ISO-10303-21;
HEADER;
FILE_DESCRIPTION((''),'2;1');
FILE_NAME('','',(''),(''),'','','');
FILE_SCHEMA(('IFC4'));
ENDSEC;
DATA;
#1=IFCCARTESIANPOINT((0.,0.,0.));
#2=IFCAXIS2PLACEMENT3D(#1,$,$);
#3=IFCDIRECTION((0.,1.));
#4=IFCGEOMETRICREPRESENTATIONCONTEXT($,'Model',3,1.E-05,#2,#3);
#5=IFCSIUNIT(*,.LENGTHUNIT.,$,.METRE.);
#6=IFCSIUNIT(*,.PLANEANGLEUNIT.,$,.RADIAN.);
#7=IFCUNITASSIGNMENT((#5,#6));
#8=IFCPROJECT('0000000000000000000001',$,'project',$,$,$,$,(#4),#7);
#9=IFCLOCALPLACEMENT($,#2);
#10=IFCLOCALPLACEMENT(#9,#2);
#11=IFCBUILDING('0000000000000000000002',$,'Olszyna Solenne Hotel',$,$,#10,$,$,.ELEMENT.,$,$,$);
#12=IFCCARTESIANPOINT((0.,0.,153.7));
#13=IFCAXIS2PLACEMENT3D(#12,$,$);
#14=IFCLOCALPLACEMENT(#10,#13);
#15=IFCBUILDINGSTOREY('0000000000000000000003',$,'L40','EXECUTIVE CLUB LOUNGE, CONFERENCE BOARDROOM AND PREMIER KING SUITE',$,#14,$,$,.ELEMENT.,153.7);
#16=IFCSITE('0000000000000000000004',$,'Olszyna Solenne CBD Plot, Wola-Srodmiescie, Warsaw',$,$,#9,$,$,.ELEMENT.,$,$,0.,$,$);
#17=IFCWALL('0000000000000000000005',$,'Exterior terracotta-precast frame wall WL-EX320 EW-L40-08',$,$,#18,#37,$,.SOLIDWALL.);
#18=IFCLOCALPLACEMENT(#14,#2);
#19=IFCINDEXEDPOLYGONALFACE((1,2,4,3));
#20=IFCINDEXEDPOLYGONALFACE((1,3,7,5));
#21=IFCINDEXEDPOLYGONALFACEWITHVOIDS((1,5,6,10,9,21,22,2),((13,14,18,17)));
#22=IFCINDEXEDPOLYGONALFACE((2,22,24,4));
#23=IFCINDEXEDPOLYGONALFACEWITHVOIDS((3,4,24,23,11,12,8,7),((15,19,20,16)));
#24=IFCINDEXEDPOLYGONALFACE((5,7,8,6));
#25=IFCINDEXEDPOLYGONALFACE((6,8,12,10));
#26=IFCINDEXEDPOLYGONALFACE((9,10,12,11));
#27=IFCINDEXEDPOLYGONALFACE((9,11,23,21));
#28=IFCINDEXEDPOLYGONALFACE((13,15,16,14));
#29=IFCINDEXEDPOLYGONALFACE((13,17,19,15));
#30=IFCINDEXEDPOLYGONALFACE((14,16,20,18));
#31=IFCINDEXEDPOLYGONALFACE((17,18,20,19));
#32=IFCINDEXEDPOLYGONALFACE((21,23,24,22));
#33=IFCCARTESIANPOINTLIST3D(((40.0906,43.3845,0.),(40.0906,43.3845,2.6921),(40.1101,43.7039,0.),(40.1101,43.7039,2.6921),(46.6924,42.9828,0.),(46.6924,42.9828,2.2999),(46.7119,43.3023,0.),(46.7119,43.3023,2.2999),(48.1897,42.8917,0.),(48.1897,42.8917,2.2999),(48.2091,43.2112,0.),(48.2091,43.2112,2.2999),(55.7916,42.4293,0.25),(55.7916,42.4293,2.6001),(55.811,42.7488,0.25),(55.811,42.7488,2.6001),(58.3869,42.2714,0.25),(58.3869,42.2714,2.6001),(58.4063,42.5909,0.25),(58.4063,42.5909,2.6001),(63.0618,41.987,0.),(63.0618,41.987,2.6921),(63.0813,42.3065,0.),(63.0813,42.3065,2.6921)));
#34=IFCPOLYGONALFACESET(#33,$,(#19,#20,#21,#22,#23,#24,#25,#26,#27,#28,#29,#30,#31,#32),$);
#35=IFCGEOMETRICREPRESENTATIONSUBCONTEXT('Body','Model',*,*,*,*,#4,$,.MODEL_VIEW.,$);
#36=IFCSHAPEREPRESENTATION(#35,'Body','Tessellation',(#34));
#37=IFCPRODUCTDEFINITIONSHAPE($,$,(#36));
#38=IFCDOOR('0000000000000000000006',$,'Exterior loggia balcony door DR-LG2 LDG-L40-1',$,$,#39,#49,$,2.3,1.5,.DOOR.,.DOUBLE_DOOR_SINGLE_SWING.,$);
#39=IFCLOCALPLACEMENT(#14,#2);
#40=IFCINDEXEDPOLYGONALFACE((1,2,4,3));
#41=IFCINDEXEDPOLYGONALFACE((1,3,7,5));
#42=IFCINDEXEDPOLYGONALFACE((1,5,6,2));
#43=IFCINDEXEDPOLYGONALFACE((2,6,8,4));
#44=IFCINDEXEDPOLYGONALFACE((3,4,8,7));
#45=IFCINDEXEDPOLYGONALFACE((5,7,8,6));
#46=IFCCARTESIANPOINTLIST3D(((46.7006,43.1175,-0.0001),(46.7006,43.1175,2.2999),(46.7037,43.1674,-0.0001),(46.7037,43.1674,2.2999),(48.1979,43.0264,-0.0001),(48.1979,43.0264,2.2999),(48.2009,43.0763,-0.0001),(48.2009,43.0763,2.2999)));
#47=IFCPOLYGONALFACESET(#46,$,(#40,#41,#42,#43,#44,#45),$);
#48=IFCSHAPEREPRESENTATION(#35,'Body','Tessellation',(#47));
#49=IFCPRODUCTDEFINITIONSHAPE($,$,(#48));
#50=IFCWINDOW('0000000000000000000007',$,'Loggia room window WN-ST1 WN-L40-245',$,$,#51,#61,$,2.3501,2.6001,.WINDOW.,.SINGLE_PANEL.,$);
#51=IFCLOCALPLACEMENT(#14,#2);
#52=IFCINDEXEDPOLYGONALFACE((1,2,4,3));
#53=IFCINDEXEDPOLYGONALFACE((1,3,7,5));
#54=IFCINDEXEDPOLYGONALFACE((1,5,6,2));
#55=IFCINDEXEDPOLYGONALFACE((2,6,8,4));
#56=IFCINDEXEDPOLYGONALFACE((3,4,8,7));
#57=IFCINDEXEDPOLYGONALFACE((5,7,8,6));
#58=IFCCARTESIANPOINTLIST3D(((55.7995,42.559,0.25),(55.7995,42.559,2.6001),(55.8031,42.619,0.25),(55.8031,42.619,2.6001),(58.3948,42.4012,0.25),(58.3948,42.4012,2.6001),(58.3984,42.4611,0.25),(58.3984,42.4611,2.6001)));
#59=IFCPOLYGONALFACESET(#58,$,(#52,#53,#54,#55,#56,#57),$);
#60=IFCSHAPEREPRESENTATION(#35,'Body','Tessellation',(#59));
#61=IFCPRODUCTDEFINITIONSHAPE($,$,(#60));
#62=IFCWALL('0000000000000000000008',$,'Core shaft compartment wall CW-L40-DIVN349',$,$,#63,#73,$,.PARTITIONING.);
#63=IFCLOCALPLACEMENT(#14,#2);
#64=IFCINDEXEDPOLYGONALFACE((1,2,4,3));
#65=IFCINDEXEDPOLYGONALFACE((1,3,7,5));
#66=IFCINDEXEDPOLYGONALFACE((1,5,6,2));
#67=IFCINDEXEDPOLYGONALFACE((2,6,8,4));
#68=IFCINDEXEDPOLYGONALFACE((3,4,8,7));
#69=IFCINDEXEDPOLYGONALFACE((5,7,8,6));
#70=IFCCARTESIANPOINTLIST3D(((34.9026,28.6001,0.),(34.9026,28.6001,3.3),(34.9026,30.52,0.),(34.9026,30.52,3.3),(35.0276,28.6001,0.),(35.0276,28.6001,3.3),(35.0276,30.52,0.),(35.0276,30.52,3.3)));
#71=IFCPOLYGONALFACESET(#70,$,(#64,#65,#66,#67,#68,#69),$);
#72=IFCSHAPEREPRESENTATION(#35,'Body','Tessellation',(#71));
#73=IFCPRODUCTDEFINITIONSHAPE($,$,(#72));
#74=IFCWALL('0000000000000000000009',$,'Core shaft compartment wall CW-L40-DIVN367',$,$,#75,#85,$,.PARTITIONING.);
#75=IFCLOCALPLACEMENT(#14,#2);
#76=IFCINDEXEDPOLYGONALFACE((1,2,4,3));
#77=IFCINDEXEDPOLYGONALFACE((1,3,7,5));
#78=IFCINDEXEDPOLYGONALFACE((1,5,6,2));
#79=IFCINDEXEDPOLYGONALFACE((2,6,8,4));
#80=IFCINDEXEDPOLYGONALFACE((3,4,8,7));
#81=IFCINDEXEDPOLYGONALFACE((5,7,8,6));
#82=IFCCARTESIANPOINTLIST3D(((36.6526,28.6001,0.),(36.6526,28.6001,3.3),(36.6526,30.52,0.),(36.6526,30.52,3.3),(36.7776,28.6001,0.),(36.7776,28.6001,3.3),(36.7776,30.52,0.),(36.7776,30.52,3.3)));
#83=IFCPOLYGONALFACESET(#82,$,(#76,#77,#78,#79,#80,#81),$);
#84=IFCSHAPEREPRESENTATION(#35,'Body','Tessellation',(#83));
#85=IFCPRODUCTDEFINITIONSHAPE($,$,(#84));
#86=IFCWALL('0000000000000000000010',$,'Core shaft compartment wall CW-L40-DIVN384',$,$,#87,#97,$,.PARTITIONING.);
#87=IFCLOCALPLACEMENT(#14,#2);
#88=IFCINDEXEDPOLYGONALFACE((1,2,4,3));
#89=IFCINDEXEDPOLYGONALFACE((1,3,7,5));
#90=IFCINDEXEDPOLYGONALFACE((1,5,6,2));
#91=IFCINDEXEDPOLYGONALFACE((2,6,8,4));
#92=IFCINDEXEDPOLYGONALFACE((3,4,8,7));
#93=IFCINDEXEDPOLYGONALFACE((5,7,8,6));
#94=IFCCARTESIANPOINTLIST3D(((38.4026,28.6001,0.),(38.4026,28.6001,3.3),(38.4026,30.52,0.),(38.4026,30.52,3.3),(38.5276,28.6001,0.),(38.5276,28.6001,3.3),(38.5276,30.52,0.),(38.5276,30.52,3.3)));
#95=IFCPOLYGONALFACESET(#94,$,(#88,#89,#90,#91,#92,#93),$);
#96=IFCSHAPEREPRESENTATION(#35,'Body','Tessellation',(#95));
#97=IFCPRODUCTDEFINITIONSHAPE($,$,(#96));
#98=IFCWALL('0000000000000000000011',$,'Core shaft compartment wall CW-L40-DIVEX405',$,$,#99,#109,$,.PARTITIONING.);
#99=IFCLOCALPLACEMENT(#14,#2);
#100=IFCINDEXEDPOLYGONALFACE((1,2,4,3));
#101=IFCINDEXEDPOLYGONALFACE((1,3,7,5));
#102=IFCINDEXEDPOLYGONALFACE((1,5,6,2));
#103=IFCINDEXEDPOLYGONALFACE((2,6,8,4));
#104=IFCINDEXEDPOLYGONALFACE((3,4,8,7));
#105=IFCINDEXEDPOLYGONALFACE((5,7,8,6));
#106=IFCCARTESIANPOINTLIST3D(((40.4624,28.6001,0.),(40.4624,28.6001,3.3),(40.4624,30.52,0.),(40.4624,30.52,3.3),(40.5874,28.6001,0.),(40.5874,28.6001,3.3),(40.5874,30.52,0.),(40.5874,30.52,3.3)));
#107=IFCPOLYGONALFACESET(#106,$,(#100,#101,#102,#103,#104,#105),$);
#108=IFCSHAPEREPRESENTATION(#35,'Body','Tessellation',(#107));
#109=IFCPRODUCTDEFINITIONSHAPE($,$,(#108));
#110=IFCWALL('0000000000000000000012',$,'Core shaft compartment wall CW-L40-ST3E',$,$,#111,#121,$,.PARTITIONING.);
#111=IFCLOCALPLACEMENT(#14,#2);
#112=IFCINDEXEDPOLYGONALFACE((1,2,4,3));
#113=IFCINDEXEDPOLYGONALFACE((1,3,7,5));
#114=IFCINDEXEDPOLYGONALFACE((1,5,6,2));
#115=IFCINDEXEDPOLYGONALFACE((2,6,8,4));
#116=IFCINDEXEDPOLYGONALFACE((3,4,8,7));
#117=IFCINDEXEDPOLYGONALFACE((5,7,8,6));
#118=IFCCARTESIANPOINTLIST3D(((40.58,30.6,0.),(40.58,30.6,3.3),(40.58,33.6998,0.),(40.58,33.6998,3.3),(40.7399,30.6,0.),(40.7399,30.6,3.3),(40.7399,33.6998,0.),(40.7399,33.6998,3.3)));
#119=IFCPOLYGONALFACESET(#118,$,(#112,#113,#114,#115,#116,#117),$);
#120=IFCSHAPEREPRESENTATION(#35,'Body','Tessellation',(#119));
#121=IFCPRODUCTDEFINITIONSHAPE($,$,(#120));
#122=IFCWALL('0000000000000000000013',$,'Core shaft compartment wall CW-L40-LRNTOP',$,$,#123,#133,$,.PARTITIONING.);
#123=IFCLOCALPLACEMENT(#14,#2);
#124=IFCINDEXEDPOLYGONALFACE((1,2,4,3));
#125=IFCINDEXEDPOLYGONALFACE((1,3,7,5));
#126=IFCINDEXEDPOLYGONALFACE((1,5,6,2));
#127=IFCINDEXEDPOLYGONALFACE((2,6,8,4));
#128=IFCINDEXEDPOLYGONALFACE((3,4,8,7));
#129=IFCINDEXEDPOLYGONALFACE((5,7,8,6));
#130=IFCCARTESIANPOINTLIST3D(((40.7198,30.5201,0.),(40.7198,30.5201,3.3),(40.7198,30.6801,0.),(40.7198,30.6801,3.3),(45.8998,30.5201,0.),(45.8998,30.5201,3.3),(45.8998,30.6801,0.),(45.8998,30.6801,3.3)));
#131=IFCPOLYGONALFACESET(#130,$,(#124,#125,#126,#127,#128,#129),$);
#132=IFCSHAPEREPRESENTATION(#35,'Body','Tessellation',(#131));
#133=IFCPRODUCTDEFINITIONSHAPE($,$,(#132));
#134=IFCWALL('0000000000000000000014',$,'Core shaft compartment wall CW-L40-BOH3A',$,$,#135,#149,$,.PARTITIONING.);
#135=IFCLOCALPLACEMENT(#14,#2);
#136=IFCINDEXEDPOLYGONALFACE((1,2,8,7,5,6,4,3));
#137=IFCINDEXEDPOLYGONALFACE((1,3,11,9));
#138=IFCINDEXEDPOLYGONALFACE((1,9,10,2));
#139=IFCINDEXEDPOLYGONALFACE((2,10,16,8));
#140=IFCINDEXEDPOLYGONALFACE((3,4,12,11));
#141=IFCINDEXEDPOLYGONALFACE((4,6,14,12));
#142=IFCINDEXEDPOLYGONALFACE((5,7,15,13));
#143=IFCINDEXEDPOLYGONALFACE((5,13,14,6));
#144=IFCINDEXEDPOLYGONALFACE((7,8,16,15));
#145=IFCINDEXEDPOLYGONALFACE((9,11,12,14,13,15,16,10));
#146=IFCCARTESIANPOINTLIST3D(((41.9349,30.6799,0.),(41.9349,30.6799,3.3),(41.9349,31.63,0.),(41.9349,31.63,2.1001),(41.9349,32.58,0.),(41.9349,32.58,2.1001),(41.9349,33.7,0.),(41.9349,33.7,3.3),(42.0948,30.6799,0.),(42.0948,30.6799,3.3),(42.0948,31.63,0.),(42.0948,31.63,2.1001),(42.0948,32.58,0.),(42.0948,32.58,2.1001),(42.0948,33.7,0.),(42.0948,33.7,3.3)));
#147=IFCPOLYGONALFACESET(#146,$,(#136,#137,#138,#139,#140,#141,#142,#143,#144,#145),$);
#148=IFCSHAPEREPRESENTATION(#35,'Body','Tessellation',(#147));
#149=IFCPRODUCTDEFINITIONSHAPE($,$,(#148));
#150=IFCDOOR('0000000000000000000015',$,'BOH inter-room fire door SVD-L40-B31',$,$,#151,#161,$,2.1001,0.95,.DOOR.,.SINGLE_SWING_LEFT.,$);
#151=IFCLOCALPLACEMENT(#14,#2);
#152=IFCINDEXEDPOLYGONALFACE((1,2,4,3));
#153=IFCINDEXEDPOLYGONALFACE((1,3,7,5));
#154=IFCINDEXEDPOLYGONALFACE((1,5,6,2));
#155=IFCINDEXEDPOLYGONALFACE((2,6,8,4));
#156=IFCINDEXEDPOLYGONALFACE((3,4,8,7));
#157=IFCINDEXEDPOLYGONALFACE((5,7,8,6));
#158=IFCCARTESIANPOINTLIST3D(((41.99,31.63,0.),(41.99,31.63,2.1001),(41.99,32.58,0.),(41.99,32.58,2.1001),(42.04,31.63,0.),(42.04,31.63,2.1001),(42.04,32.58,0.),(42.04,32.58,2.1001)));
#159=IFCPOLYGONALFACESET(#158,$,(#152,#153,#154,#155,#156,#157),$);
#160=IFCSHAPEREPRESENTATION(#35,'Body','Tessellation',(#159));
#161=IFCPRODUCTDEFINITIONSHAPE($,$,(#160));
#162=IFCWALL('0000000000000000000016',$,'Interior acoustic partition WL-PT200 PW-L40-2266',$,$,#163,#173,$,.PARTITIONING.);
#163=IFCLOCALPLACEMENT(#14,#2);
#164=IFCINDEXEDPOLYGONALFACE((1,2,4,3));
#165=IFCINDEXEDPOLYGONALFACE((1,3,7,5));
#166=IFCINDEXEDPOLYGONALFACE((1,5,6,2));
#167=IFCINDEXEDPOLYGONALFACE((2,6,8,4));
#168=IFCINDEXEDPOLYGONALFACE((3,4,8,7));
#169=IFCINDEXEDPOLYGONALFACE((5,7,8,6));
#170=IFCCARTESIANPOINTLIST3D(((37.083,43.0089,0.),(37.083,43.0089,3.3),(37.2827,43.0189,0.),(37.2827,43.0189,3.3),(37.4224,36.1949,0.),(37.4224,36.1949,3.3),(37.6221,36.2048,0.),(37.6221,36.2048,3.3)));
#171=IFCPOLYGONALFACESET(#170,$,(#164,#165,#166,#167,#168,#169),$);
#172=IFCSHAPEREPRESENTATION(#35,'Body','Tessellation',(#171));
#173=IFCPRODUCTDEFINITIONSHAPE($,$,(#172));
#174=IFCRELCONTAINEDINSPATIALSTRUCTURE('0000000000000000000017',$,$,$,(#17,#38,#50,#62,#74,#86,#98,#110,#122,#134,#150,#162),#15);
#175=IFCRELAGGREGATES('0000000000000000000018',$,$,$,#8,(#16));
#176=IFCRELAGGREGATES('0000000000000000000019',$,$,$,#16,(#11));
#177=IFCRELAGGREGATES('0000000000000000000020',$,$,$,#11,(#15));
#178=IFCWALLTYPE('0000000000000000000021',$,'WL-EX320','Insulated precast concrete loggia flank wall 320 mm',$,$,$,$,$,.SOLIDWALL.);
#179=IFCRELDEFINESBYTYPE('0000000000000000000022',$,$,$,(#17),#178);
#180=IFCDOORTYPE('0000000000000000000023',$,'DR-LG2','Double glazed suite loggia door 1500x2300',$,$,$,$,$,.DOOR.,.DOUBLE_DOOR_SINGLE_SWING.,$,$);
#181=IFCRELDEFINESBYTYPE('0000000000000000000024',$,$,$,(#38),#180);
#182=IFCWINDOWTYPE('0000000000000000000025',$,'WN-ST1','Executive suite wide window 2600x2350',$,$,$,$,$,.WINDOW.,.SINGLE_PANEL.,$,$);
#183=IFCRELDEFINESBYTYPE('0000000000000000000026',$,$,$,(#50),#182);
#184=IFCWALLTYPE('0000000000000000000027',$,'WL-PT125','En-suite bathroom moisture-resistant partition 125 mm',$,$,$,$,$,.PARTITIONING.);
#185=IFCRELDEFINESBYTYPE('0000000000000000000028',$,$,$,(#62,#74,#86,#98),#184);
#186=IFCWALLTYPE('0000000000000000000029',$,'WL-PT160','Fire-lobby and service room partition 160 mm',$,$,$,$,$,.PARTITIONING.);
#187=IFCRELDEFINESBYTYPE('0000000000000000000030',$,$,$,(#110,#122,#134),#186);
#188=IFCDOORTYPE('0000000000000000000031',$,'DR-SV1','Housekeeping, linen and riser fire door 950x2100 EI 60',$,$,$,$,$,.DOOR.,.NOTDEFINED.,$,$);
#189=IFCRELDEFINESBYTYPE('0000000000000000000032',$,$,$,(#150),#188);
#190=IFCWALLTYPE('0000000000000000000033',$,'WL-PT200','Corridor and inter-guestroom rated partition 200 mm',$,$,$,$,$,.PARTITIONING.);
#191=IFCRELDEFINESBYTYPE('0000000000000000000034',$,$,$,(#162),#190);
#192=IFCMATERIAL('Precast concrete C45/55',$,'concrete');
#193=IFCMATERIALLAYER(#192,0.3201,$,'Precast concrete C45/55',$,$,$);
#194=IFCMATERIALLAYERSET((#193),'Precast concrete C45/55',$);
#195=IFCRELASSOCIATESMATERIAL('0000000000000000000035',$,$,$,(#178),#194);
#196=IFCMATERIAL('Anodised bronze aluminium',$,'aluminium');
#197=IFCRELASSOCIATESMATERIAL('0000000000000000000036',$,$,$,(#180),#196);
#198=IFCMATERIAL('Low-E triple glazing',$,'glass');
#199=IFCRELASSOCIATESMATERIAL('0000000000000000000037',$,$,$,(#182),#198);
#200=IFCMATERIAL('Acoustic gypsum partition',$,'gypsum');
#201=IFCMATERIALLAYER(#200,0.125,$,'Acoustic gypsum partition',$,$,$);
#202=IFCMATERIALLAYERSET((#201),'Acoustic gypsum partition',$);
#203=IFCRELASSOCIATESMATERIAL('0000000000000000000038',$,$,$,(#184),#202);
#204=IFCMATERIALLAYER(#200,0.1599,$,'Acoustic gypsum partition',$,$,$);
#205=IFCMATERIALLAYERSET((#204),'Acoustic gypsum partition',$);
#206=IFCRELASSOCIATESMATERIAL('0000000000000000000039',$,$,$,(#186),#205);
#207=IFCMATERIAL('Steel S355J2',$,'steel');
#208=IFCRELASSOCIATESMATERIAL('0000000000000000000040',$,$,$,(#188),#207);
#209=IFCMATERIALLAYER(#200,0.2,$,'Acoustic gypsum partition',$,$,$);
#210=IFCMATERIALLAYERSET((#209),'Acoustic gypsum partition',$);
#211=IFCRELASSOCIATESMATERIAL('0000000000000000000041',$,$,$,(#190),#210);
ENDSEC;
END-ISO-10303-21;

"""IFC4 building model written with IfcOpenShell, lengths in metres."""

from ifc_helpers import new_model, si_unit, direction, frame, frame_2d, origin, place, context, subcontext, project, spatial, rectangle, extrude, source, transform, mapped, material, layer, layer_set, type_object, type_shapes, element, fill, save


model = new_model("IFC4")

# Units and contexts
model_context = context("Model", 3, precision=1e-05, world=origin(), true_north=direction((0.0, 1.0)))
body_context = subcontext(model_context, "Body", "Model", "MODEL_VIEW")
ifc_project = project(units=[si_unit("LENGTHUNIT", "METRE"), si_unit("PLANEANGLEUNIT", "RADIAN")], contexts=[model_context])

# Site, building, storey
site_placement = place(None, origin())
site = spatial("IfcSite", under=ifc_project, at=site_placement, Name="Olszyna Solenne CBD Plot, Wola-Srodmiescie, Warsaw", CompositionType="ELEMENT", RefElevation=0.0)
building_placement = place(site_placement, origin())
building = spatial("IfcBuilding", under=site, at=building_placement, Name="Olszyna Solenne Hotel", CompositionType="ELEMENT")
storey_placement = place(building_placement, frame((0.0, 0.0, 153.7)))
storey = spatial("IfcBuildingStorey", under=building, at=storey_placement, Name="L40", Description="EXECUTIVE CLUB LOUNGE, CONFERENCE BOARDROOM AND PREMIER KING SUITE", CompositionType="ELEMENT", Elevation=153.7)

# Shared definitions
ifc_material_1 = material(Name="Steel S355J2", Category="steel")

# Wall, openings, door, window
ifc_material_2 = material(Name="Precast concrete C45/55", Category="concrete")
ifc_layer_1 = layer(ifc_material_2, 0.3201, Name="Precast concrete C45/55")
ifc_layer_set_1 = layer_set([ifc_layer_1], Name="Precast concrete C45/55")
wall_type_1 = type_object("IfcWallType", Name="WL-EX320", Description="Insulated precast concrete loggia flank wall 320 mm", PredefinedType="SOLIDWALL", material=ifc_layer_set_1)
wall_1_placement = place(storey_placement, frame((40.1003, 43.5442, 0.0), z_axis=(0.0, 0.0, 1.0), x_axis=(0.998155, -0.060723, 0.0)))
wall_1 = element("IfcWall", 1, at=wall_1_placement, inside=storey, type_object=wall_type_1, Name="Exterior terracotta-precast frame wall WL-EX320 EW-L40-08", PredefinedType="SOLIDWALL", context=body_context, shape_type="SweptSolid", body=[
    extrude(rectangle(XDim=23.0137, YDim=0.3201, at=frame_2d((11.5068, 0.0))), origin(), (0.0, 0.0, 1.0), 2.6921),
])
opening_1_placement = place(wall_1_placement, frame((6.614, 0.0, 0.0)))
opening_1 = element("IfcOpeningElement", 2, at=opening_1_placement, cuts=wall_1, PredefinedType="OPENING", context=body_context, shape_type="SweptSolid", body=[
    extrude(rectangle(XDim=1.5, YDim=2.3, at=frame_2d((0.75, 1.1499))), frame((0.0, 0.1699, 0.0), z_axis=(0.0, -1.0, 0.0), x_axis=(1.0, 0.0, 0.0)), (0.0, 0.0, 1.0), 0.3401),
])
opening_2_placement = place(wall_1_placement, frame((15.73, 0.0, 0.25)))
opening_2 = element("IfcOpeningElement", 3, at=opening_2_placement, cuts=wall_1, PredefinedType="OPENING", context=body_context, shape_type="SweptSolid", body=[
    extrude(rectangle(XDim=2.6001, YDim=2.3501, at=frame_2d((1.3, 1.175))), frame((0.0, 0.1699, 0.0), z_axis=(0.0, -1.0, 0.0), x_axis=(1.0, 0.0, 0.0)), (0.0, 0.0, 1.0), 0.3401),
])
ifc_material_3 = material(Name="Anodised bronze aluminium", Category="aluminium")
door_type_1 = type_object("IfcDoorType", Name="DR-LG2", Description="Double glazed suite loggia door 1500x2300", OperationType="DOUBLE_DOOR_SINGLE_SWING", PredefinedType="DOOR", material=ifc_material_3)
shared_shape_1 = source(origin(), body_context, "Body", "SweptSolid", [
    extrude(rectangle(XDim=1.5, YDim=2.3, at=frame_2d((0.75, 1.1499))), frame((0.0, 0.0249, 0.0), z_axis=(0.0, -1.0, 0.0), x_axis=(1.0, 0.0, 0.0)), (0.0, 0.0, 1.0), 0.05),
])
type_shapes(door_type_1, [shared_shape_1])
door_1_placement = place(opening_1_placement, origin())
door_1 = element("IfcDoor", 4, at=door_1_placement, inside=storey, type_object=door_type_1, Name="Exterior loggia balcony door DR-LG2 LDG-L40-1", OperationType="DOUBLE_DOOR_SINGLE_SWING", OverallHeight=2.3, OverallWidth=1.5, PredefinedType="DOOR", context=body_context, shape_type="MappedRepresentation", body=[
    mapped(shared_shape_1, transform((0.0, 0.0, 0.0), x_axis=(1.0, 0.0, 0.0), y_axis=(0.0, 1.0, 0.0), z_axis=(0.0, 0.0, 1.0), scale=1.0)),
])
fill(opening_1, door_1)
ifc_material_4 = material(Name="Low-E triple glazing", Category="glass")
window_type = type_object("IfcWindowType", Name="WN-ST1", Description="Executive suite wide window 2600x2350", PartitioningType="SINGLE_PANEL", PredefinedType="WINDOW", material=ifc_material_4)
shared_shape_2 = source(origin(), body_context, "Body", "SweptSolid", [
    extrude(rectangle(XDim=2.6001, YDim=2.3501, at=frame_2d((1.3, 1.175))), frame((0.0, 0.03, 0.0), z_axis=(0.0, -1.0, 0.0), x_axis=(1.0, 0.0, 0.0)), (0.0, 0.0, 1.0), 0.0601),
])
type_shapes(window_type, [shared_shape_2])
window_placement = place(opening_2_placement, origin())
window = element("IfcWindow", 5, at=window_placement, inside=storey, type_object=window_type, Name="Loggia room window WN-ST1 WN-L40-245", OverallHeight=2.3501, OverallWidth=2.6001, PartitioningType="SINGLE_PANEL", PredefinedType="WINDOW", context=body_context, shape_type="MappedRepresentation", body=[
    mapped(shared_shape_2, transform((0.0, 0.0, 0.0), x_axis=(1.0, 0.0, 0.0), y_axis=(0.0, 1.0, 0.0), z_axis=(0.0, 0.0, 1.0), scale=1.0)),
])
fill(opening_2, window)

# Walls
ifc_material_5 = material(Name="Acoustic gypsum partition", Category="gypsum")
ifc_layer_2 = layer(ifc_material_5, 0.125, Name="Acoustic gypsum partition")
ifc_layer_set_2 = layer_set([ifc_layer_2], Name="Acoustic gypsum partition")
wall_type_2 = type_object("IfcWallType", Name="WL-PT125", Description="En-suite bathroom moisture-resistant partition 125 mm", PredefinedType="PARTITIONING", material=ifc_layer_set_2)
for number, where, z_axis, x_axis, name in (
    (6, (34.9651, 28.6001, 0.0), (0.0, 0.0, 1.0), (0.0, 1.0, 0.0), "Core shaft compartment wall CW-L40-DIVN349"),
    (7, (36.7151, 28.6001, 0.0), (0.0, 0.0, 1.0), (0.0, 1.0, 0.0), "Core shaft compartment wall CW-L40-DIVN367"),
    (8, (38.4651, 28.6001, 0.0), (0.0, 0.0, 1.0), (0.0, 1.0, 0.0), "Core shaft compartment wall CW-L40-DIVN384"),
    (9, (40.5249, 28.6001, 0.0), (0.0, 0.0, 1.0), (0.0, 1.0, 0.0), "Core shaft compartment wall CW-L40-DIVEX405"),
):
    element("IfcWall", number, at=place(storey_placement, frame(where, z_axis=z_axis, x_axis=x_axis)), inside=storey, type_object=wall_type_2, Name=name, PredefinedType="PARTITIONING", context=body_context, shape_type="SweptSolid", body=[
        extrude(rectangle(XDim=1.9199, YDim=0.125, at=frame_2d((0.96, 0.0))), origin(), (0.0, 0.0, 1.0), 3.3),
    ])
ifc_layer_3 = layer(ifc_material_5, 0.1599, Name="Acoustic gypsum partition")
ifc_layer_set_3 = layer_set([ifc_layer_3], Name="Acoustic gypsum partition")
wall_type_3 = type_object("IfcWallType", Name="WL-PT160", Description="Fire-lobby and service room partition 160 mm", PredefinedType="PARTITIONING", material=ifc_layer_set_3)
wall_2_placement = place(storey_placement, frame((40.6599, 30.6001, 0.0), z_axis=(0.0, 0.0, 1.0), x_axis=(0.0, 1.0, 0.0)))
element("IfcWall", 10, at=wall_2_placement, inside=storey, type_object=wall_type_3, Name="Core shaft compartment wall CW-L40-ST3E", PredefinedType="PARTITIONING", context=body_context, shape_type="SweptSolid", body=[
    extrude(rectangle(XDim=3.0999, YDim=0.1599, at=frame_2d((1.5498, 0.0))), origin(), (0.0, 0.0, 1.0), 3.3),
])
wall_3_placement = place(storey_placement, frame((40.72, 30.6001, 0.0), z_axis=(0.0, 0.0, 1.0), x_axis=(1.0, 0.0, 0.0)))
element("IfcWall", 11, at=wall_3_placement, inside=storey, type_object=wall_type_3, Name="Core shaft compartment wall CW-L40-LRNTOP", PredefinedType="PARTITIONING", context=body_context, shape_type="SweptSolid", body=[
    extrude(rectangle(XDim=5.1799, YDim=0.1599, at=frame_2d((2.5898, 0.0))), origin(), (0.0, 0.0, 1.0), 3.3),
])

# Wall, opening, door
wall_4_placement = place(storey_placement, frame((42.0149, 30.6799, 0.0), z_axis=(0.0, 0.0, 1.0), x_axis=(0.0, 1.0, 0.0)))
wall_4 = element("IfcWall", 12, at=wall_4_placement, inside=storey, type_object=wall_type_3, Name="Core shaft compartment wall CW-L40-BOH3A", PredefinedType="PARTITIONING", context=body_context, shape_type="SweptSolid", body=[
    extrude(rectangle(XDim=3.02, YDim=0.1599, at=frame_2d((1.51, 0.0))), origin(), (0.0, 0.0, 1.0), 3.3),
])
opening_3_placement = place(wall_4_placement, frame((0.95, 0.0, 0.0)))
opening_3 = element("IfcOpeningElement", 13, at=opening_3_placement, cuts=wall_4, PredefinedType="OPENING", context=body_context, shape_type="SweptSolid", body=[
    extrude(rectangle(XDim=0.95, YDim=2.1001, at=frame_2d((0.4751, 1.05))), frame((0.0, 0.0898, 0.0), z_axis=(0.0, -1.0, 0.0), x_axis=(1.0, 0.0, 0.0)), (0.0, 0.0, 1.0), 0.1799),
])
door_type_2 = type_object("IfcDoorType", Name="DR-SV1", Description="Housekeeping, linen and riser fire door 950x2100 EI 60", OperationType="NOTDEFINED", PredefinedType="DOOR", material=ifc_material_1)
shared_shape_3 = source(origin(), body_context, "Body", "SweptSolid", [
    extrude(rectangle(XDim=0.95, YDim=2.1001, at=frame_2d((0.4751, 1.05))), frame((0.0, 0.0249, 0.0), z_axis=(0.0, -1.0, 0.0), x_axis=(1.0, 0.0, 0.0)), (0.0, 0.0, 1.0), 0.05),
])
type_shapes(door_type_2, [shared_shape_3])
door_2_placement = place(opening_3_placement, origin())
door_2 = element("IfcDoor", 14, at=door_2_placement, inside=storey, type_object=door_type_2, Name="BOH inter-room fire door SVD-L40-B31", OperationType="SINGLE_SWING_LEFT", OverallHeight=2.1001, OverallWidth=0.95, PredefinedType="DOOR", context=body_context, shape_type="MappedRepresentation", body=[
    mapped(shared_shape_3, transform((0.0, 0.0, 0.0), x_axis=(1.0, 0.0, 0.0), y_axis=(0.0, 1.0, 0.0), z_axis=(0.0, 0.0, 1.0), scale=1.0)),
])
fill(opening_3, door_2)

# Wall
ifc_layer_4 = layer(ifc_material_5, 0.2, Name="Acoustic gypsum partition")
ifc_layer_set_4 = layer_set([ifc_layer_4], Name="Acoustic gypsum partition")
wall_type_4 = type_object("IfcWallType", Name="WL-PT200", Description="Corridor and inter-guestroom rated partition 200 mm", PredefinedType="PARTITIONING", material=ifc_layer_set_4)
wall_5_placement = place(storey_placement, frame((37.5222, 36.2, 0.0), z_axis=(0.0, 0.0, 1.0), x_axis=(-0.049741, 0.998762, 0.0)))
element("IfcWall", 15, at=wall_5_placement, inside=storey, type_object=wall_type_4, Name="Interior acoustic partition WL-PT200 PW-L40-2266", PredefinedType="PARTITIONING", context=body_context, shape_type="SweptSolid", body=[
    extrude(rectangle(XDim=6.8225, YDim=0.2, at=frame_2d((3.4111, 0.0))), origin(), (0.0, 0.0, 1.0), 3.3),
])

save(model, "model.ifc")
